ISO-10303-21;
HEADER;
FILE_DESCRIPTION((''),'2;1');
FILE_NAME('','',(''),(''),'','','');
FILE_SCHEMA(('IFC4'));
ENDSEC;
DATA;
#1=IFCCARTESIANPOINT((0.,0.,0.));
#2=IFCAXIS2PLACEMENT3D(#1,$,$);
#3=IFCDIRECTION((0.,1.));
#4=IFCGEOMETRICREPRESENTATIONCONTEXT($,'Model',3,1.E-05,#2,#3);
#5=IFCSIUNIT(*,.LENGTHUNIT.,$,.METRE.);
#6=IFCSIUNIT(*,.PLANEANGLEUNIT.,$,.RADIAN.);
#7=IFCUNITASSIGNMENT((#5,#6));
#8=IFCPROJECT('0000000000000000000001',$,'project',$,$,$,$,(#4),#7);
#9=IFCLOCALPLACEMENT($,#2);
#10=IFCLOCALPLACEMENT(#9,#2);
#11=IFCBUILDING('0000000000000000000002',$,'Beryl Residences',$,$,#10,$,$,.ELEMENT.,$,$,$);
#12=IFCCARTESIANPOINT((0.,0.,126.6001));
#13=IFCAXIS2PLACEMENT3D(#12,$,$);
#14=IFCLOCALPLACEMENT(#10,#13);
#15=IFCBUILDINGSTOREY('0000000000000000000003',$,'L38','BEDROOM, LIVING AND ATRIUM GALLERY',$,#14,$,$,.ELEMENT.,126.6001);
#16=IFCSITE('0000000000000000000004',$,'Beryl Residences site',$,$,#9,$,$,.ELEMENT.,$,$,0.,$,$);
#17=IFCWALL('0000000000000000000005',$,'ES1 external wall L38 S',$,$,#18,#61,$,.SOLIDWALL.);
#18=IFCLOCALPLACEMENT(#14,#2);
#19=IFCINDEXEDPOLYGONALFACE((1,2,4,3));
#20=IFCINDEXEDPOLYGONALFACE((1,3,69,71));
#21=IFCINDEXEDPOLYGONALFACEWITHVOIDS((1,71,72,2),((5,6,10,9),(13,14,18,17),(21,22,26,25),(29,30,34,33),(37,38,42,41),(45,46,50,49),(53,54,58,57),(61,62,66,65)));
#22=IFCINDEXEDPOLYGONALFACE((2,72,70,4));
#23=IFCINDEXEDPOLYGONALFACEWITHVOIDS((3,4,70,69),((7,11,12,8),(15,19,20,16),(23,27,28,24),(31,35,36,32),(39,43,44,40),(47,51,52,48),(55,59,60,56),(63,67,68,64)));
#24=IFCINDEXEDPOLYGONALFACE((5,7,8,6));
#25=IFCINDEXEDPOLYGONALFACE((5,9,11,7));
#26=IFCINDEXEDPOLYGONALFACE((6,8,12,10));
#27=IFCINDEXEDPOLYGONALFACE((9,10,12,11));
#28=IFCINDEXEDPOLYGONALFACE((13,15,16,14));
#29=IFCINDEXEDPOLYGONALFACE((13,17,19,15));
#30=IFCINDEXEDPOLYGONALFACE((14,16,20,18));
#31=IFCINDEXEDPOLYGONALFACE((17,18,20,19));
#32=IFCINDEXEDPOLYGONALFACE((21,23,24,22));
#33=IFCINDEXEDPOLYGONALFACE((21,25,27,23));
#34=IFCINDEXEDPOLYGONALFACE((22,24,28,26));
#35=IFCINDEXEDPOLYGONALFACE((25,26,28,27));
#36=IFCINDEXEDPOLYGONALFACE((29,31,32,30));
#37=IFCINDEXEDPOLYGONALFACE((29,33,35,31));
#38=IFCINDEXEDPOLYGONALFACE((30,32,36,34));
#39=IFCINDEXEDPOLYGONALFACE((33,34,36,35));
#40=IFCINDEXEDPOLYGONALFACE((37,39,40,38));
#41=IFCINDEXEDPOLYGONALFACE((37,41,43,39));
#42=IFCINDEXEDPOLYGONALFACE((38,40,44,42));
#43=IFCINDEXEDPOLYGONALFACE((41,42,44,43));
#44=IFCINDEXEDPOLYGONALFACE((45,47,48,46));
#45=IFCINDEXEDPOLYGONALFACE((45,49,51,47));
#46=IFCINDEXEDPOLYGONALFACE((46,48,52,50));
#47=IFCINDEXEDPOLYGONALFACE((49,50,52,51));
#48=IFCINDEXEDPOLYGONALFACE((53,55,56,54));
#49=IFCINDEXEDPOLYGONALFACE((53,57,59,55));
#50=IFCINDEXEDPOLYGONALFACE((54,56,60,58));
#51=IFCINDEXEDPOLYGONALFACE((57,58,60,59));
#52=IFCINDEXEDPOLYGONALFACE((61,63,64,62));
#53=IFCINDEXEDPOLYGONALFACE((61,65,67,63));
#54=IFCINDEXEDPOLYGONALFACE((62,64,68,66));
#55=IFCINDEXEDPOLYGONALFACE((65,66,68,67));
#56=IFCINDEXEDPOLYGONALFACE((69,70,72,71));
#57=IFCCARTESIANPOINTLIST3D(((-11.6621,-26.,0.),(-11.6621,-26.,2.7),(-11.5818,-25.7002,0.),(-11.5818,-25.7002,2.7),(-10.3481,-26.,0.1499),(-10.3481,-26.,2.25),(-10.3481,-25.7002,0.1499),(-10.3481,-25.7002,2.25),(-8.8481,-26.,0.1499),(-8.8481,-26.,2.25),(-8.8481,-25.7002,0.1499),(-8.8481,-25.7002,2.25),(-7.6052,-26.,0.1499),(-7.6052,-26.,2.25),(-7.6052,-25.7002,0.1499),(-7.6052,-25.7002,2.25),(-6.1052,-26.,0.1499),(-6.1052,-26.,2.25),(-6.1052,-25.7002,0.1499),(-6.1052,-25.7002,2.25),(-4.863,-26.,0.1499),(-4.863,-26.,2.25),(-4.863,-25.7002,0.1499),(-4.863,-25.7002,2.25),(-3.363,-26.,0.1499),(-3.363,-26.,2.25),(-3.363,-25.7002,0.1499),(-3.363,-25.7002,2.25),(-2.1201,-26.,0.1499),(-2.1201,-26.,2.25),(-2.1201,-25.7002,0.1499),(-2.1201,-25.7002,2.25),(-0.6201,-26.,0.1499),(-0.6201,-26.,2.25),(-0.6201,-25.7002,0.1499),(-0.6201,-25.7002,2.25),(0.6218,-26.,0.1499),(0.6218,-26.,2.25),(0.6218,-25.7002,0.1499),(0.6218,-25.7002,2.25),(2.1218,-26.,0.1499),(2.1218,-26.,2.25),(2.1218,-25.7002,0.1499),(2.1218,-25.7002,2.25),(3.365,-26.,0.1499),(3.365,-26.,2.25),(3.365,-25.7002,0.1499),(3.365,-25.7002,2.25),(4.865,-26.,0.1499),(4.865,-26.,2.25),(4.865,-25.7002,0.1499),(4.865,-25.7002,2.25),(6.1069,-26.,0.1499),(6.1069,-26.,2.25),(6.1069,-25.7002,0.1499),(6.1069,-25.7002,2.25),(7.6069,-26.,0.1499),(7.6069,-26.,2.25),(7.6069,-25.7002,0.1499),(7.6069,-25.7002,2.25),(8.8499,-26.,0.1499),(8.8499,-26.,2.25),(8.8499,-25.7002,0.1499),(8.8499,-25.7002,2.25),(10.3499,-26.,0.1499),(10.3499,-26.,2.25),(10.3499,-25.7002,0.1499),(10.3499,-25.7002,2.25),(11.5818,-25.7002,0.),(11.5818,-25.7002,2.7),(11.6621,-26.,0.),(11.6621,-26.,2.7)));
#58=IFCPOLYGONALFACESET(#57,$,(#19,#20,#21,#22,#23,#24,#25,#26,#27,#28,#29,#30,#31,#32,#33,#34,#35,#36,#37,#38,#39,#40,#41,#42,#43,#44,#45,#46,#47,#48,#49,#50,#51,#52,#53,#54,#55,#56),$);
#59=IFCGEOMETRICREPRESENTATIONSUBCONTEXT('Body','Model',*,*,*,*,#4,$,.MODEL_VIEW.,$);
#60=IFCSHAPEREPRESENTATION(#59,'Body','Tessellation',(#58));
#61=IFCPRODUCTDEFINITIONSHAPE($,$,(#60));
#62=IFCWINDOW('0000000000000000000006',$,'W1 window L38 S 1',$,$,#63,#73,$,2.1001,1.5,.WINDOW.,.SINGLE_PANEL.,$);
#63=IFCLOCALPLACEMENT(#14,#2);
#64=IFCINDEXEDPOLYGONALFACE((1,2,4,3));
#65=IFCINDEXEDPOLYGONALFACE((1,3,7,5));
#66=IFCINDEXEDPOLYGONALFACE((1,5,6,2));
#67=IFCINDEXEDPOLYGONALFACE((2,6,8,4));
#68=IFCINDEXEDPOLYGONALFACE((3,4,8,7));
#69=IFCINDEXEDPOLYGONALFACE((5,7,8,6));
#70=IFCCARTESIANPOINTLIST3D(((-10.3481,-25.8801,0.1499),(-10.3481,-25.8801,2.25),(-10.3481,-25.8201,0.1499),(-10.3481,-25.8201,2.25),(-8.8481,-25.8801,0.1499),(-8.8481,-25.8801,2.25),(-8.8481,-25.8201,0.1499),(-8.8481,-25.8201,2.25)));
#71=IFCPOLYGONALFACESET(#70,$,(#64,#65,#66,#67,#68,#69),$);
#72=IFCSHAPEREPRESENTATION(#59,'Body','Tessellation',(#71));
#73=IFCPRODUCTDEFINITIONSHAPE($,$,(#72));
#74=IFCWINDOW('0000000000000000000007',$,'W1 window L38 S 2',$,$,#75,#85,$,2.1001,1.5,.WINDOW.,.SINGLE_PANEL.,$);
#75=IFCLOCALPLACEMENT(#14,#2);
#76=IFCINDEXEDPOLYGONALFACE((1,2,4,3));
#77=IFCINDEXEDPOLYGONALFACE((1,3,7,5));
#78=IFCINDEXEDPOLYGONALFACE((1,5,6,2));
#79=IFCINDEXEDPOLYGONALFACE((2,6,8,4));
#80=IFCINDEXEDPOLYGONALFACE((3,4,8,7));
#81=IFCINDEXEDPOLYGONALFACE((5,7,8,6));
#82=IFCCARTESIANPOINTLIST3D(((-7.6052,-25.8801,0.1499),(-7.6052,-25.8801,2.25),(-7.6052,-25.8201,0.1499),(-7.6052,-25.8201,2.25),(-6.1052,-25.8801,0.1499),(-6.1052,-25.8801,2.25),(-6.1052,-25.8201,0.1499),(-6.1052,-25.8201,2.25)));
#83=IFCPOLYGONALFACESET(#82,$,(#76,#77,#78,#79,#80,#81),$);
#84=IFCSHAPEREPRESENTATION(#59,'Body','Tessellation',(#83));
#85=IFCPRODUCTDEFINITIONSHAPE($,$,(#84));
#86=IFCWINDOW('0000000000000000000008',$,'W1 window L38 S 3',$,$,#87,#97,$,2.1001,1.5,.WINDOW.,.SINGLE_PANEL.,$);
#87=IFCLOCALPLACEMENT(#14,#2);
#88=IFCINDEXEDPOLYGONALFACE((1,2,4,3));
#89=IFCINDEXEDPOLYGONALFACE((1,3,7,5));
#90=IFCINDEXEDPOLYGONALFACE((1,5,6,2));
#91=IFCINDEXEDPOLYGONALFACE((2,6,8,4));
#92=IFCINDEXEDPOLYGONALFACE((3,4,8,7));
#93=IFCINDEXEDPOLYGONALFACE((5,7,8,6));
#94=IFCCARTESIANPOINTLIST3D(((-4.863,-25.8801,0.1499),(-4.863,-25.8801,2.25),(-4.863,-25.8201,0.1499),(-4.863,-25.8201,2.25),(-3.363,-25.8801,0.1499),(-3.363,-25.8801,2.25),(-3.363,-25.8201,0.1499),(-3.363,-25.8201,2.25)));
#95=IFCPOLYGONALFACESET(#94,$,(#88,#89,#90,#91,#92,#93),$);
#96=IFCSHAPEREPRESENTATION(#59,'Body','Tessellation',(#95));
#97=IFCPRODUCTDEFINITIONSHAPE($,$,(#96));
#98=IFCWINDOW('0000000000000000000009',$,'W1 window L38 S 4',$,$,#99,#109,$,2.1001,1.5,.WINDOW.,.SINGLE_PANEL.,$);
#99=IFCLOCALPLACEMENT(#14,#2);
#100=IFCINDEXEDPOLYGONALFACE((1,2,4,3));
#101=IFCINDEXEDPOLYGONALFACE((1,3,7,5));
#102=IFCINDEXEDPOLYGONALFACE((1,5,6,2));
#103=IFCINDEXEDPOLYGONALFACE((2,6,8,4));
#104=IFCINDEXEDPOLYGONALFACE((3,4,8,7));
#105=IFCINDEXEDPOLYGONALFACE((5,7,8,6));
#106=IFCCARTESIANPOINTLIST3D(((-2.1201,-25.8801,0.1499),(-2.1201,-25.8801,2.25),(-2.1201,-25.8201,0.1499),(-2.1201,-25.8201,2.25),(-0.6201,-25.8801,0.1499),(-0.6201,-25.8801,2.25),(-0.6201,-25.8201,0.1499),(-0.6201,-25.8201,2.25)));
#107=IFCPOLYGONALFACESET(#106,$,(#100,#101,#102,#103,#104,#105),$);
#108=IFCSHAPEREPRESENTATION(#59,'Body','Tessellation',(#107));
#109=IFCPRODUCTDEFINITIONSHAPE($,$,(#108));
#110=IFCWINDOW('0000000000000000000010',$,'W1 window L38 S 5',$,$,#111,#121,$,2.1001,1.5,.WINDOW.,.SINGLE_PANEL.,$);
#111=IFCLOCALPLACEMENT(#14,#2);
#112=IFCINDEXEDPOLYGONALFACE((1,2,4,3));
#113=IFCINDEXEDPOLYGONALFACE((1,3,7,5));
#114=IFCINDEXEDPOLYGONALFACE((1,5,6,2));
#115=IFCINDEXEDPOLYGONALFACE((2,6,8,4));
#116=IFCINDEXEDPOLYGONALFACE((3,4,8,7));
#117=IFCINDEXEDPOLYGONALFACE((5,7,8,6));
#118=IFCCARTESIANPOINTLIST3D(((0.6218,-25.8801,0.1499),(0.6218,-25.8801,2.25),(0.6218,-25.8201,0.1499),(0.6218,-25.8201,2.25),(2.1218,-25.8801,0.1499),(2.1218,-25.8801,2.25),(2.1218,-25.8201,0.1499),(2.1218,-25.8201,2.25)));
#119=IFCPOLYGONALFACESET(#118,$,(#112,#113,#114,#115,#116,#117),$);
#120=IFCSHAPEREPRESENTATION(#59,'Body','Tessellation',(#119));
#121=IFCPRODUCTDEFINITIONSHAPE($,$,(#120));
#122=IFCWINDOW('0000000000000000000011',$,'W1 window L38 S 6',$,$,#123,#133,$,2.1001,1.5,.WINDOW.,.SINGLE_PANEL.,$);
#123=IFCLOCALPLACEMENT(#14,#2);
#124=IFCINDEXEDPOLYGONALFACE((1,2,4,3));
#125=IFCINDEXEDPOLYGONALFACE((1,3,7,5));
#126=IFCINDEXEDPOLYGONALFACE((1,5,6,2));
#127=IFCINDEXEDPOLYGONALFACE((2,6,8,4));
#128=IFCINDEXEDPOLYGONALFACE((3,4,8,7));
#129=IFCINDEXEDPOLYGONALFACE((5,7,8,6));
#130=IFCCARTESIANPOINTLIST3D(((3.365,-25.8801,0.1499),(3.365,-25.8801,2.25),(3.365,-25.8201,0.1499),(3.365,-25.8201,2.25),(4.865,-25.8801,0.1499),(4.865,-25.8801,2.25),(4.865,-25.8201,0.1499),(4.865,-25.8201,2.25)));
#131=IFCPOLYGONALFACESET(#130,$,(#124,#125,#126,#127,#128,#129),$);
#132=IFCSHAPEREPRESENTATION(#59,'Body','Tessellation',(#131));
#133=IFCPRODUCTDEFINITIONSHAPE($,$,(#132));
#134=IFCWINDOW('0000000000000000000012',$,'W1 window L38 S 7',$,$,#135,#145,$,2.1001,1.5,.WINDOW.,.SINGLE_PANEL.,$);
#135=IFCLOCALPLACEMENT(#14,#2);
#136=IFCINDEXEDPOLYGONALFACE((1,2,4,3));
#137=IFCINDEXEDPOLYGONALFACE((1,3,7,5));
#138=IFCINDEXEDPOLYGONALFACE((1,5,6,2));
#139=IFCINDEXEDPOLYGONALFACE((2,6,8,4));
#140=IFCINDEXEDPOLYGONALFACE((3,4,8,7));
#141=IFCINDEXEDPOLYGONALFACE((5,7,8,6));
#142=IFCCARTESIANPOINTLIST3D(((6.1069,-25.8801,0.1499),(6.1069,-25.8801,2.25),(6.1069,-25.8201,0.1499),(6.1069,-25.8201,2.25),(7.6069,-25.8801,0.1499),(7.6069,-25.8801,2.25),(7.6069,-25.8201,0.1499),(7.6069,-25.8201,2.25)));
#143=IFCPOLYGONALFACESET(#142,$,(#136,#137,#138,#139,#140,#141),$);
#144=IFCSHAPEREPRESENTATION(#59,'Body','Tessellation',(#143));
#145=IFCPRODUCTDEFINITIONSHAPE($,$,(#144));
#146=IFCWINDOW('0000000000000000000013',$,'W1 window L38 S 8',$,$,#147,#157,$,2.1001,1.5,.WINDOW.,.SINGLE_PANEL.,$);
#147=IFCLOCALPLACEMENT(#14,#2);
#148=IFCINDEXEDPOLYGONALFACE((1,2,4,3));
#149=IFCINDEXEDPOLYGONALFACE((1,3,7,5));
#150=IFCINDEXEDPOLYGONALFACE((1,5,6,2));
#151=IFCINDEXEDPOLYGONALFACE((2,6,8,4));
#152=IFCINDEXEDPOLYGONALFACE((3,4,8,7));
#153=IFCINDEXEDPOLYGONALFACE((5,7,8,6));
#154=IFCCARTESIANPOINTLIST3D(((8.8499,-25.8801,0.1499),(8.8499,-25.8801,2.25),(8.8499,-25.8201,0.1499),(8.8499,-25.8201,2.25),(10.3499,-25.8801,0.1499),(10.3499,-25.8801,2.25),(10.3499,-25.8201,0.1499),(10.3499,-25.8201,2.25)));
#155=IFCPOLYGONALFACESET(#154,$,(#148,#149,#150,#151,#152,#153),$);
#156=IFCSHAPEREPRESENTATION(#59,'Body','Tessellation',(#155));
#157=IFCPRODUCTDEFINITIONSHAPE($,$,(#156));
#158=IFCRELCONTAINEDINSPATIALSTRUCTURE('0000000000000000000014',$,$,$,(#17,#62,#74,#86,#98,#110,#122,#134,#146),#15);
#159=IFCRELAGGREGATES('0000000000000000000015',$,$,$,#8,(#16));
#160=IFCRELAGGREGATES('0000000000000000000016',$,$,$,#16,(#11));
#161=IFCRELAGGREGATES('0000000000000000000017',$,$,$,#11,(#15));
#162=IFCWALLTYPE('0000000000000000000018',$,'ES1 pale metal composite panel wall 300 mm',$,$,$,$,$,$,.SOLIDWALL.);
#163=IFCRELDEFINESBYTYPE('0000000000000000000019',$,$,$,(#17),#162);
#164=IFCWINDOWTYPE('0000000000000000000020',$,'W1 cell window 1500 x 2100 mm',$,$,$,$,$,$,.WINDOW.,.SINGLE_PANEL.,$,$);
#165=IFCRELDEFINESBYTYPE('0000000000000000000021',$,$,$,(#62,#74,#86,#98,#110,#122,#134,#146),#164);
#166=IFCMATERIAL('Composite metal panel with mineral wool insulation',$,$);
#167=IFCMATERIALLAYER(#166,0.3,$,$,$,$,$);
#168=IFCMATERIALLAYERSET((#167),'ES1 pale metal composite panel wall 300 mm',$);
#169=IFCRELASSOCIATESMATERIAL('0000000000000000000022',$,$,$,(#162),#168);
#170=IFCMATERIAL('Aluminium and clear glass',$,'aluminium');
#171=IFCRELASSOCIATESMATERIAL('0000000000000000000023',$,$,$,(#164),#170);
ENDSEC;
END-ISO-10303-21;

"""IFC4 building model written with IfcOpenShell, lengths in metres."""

from ifc_helpers import new_model, si_unit, direction, frame, frame_2d, origin, place, context, subcontext, project, spatial, polyline, rectangle, outline, extrude, material, layer, layer_set, type_object, element, fill, save


model = new_model("IFC4")

# Units and contexts
model_context = context("Model", 3, precision=1e-05, world=origin(), true_north=direction((0.0, 1.0)))
body_context = subcontext(model_context, "Body", "Model", "MODEL_VIEW")
ifc_project = project(units=[si_unit("LENGTHUNIT", "METRE"), si_unit("PLANEANGLEUNIT", "RADIAN")], contexts=[model_context])

# Site, building, storey
site_placement = place(None, origin())
site = spatial("IfcSite", under=ifc_project, at=site_placement, Name="Beryl Residences site", CompositionType="ELEMENT", RefElevation=0.0)
building_placement = place(site_placement, origin())
building = spatial("IfcBuilding", under=site, at=building_placement, Name="Beryl Residences", CompositionType="ELEMENT")
storey_placement = place(building_placement, frame((0.0, 0.0, 126.6001)))
storey = spatial("IfcBuildingStorey", under=building, at=storey_placement, Name="L38", Description="BEDROOM, LIVING AND ATRIUM GALLERY", CompositionType="ELEMENT", Elevation=126.6001)

# Wall, openings, windows
ifc_material_1 = material(Name="Composite metal panel with mineral wool insulation")
ifc_layer_1 = layer(ifc_material_1, 0.3)
ifc_layer_set_1 = layer_set([ifc_layer_1], Name="ES1 pale metal composite panel wall 300 mm")
wall_type_1 = type_object("IfcWallType", Name="ES1 pale metal composite panel wall 300 mm", PredefinedType="SOLIDWALL", material=ifc_layer_set_1)
wall_1_placement = place(storey_placement, frame((-11.6621, -25.8501, 0.0), z_axis=(0.0, 0.0, 1.0), x_axis=(1.0, 0.0, 0.0)))
wall_1 = element("IfcWall", 1, at=wall_1_placement, inside=storey, type_object=wall_type_1, Name="ES1 external wall L38 S", PredefinedType="SOLIDWALL", context=body_context, shape_type="SweptSolid", body=[
    extrude(outline(polyline([(0.0, -0.1499), (23.3242, -0.1499), (23.2439, 0.1499), (0.0803, 0.1499), (0.0, -0.1499)])), origin(), (0.0, 0.0, 1.0), 2.7),
])
opening_1_placement = place(wall_1_placement, frame((1.314, 0.0, 0.1499)))
opening_1 = element("IfcOpeningElement", 2, at=opening_1_placement, cuts=wall_1, PredefinedType="OPENING", context=body_context, shape_type="SweptSolid", body=[
    extrude(rectangle(XDim=1.5, YDim=2.1001, at=frame_2d((0.75, 1.05))), frame((0.0, 0.1599, 0.0), z_axis=(0.0, -1.0, 0.0), x_axis=(1.0, 0.0, 0.0)), (0.0, 0.0, 1.0), 0.3201),
])
opening_2_placement = place(wall_1_placement, frame((4.0569, 0.0, 0.1499)))
opening_2 = element("IfcOpeningElement", 3, at=opening_2_placement, cuts=wall_1, PredefinedType="OPENING", context=body_context, shape_type="SweptSolid", body=[
    extrude(rectangle(XDim=1.5, YDim=2.1001, at=frame_2d((0.75, 1.05))), frame((0.0, 0.1599, 0.0), z_axis=(0.0, -1.0, 0.0), x_axis=(1.0, 0.0, 0.0)), (0.0, 0.0, 1.0), 0.3201),
])
opening_3_placement = place(wall_1_placement, frame((6.7991, 0.0, 0.1499)))
opening_3 = element("IfcOpeningElement", 4, at=opening_3_placement, cuts=wall_1, PredefinedType="OPENING", context=body_context, shape_type="SweptSolid", body=[
    extrude(rectangle(XDim=1.5, YDim=2.1001, at=frame_2d((0.75, 1.05))), frame((0.0, 0.1599, 0.0), z_axis=(0.0, -1.0, 0.0), x_axis=(1.0, 0.0, 0.0)), (0.0, 0.0, 1.0), 0.3201),
])
opening_4_placement = place(wall_1_placement, frame((9.542, 0.0, 0.1499)))
opening_4 = element("IfcOpeningElement", 5, at=opening_4_placement, cuts=wall_1, PredefinedType="OPENING", context=body_context, shape_type="SweptSolid", body=[
    extrude(rectangle(XDim=1.5, YDim=2.1001, at=frame_2d((0.75, 1.05))), frame((0.0, 0.1599, 0.0), z_axis=(0.0, -1.0, 0.0), x_axis=(1.0, 0.0, 0.0)), (0.0, 0.0, 1.0), 0.3201),
])
opening_5_placement = place(wall_1_placement, frame((12.2839, 0.0, 0.1499)))
opening_5 = element("IfcOpeningElement", 6, at=opening_5_placement, cuts=wall_1, PredefinedType="OPENING", context=body_context, shape_type="SweptSolid", body=[
    extrude(rectangle(XDim=1.5, YDim=2.1001, at=frame_2d((0.75, 1.05))), frame((0.0, 0.1599, 0.0), z_axis=(0.0, -1.0, 0.0), x_axis=(1.0, 0.0, 0.0)), (0.0, 0.0, 1.0), 0.3201),
])
opening_6_placement = place(wall_1_placement, frame((15.0271, 0.0, 0.1499)))
opening_6 = element("IfcOpeningElement", 7, at=opening_6_placement, cuts=wall_1, PredefinedType="OPENING", context=body_context, shape_type="SweptSolid", body=[
    extrude(rectangle(XDim=1.5, YDim=2.1001, at=frame_2d((0.75, 1.05))), frame((0.0, 0.1599, 0.0), z_axis=(0.0, -1.0, 0.0), x_axis=(1.0, 0.0, 0.0)), (0.0, 0.0, 1.0), 0.3201),
])
opening_7_placement = place(wall_1_placement, frame((17.769, 0.0, 0.1499)))
opening_7 = element("IfcOpeningElement", 8, at=opening_7_placement, cuts=wall_1, PredefinedType="OPENING", context=body_context, shape_type="SweptSolid", body=[
    extrude(rectangle(XDim=1.5, YDim=2.1001, at=frame_2d((0.75, 1.05))), frame((0.0, 0.1599, 0.0), z_axis=(0.0, -1.0, 0.0), x_axis=(1.0, 0.0, 0.0)), (0.0, 0.0, 1.0), 0.3201),
])
opening_8_placement = place(wall_1_placement, frame((20.512, 0.0, 0.1499)))
opening_8 = element("IfcOpeningElement", 9, at=opening_8_placement, cuts=wall_1, PredefinedType="OPENING", context=body_context, shape_type="SweptSolid", body=[
    extrude(rectangle(XDim=1.5, YDim=2.1001, at=frame_2d((0.75, 1.05))), frame((0.0, 0.1599, 0.0), z_axis=(0.0, -1.0, 0.0), x_axis=(1.0, 0.0, 0.0)), (0.0, 0.0, 1.0), 0.3201),
])
ifc_material_2 = material(Name="Aluminium and clear glass", Category="aluminium")
window_type = type_object("IfcWindowType", Name="W1 cell window 1500 x 2100 mm", PartitioningType="SINGLE_PANEL", PredefinedType="WINDOW", material=ifc_material_2)
window_1_placement = place(opening_1_placement, origin())
window_1 = element("IfcWindow", 10, at=window_1_placement, inside=storey, type_object=window_type, Name="W1 window L38 S 1", OverallHeight=2.1001, OverallWidth=1.5, PartitioningType="SINGLE_PANEL", PredefinedType="WINDOW", context=body_context, shape_type="SweptSolid", body=[
    extrude(rectangle(XDim=1.5, YDim=2.1001, at=frame_2d((0.75, 1.05))), frame((0.0, 0.03, 0.0), z_axis=(0.0, -1.0, 0.0), x_axis=(1.0, 0.0, 0.0)), (0.0, 0.0, 1.0), 0.0601),
])
fill(opening_1, window_1)
window_2_placement = place(opening_2_placement, origin())
window_2 = element("IfcWindow", 11, at=window_2_placement, inside=storey, type_object=window_type, Name="W1 window L38 S 2", OverallHeight=2.1001, OverallWidth=1.5, PartitioningType="SINGLE_PANEL", PredefinedType="WINDOW", context=body_context, shape_type="SweptSolid", body=[
    extrude(rectangle(XDim=1.5, YDim=2.1001, at=frame_2d((0.75, 1.05))), frame((0.0, 0.03, 0.0), z_axis=(0.0, -1.0, 0.0), x_axis=(1.0, 0.0, 0.0)), (0.0, 0.0, 1.0), 0.0601),
])
fill(opening_2, window_2)
window_3_placement = place(opening_3_placement, origin())
window_3 = element("IfcWindow", 12, at=window_3_placement, inside=storey, type_object=window_type, Name="W1 window L38 S 3", OverallHeight=2.1001, OverallWidth=1.5, PartitioningType="SINGLE_PANEL", PredefinedType="WINDOW", context=body_context, shape_type="SweptSolid", body=[
    extrude(rectangle(XDim=1.5, YDim=2.1001, at=frame_2d((0.75, 1.05))), frame((0.0, 0.03, 0.0), z_axis=(0.0, -1.0, 0.0), x_axis=(1.0, 0.0, 0.0)), (0.0, 0.0, 1.0), 0.0601),
])
fill(opening_3, window_3)
window_4_placement = place(opening_4_placement, origin())
window_4 = element("IfcWindow", 13, at=window_4_placement, inside=storey, type_object=window_type, Name="W1 window L38 S 4", OverallHeight=2.1001, OverallWidth=1.5, PartitioningType="SINGLE_PANEL", PredefinedType="WINDOW", context=body_context, shape_type="SweptSolid", body=[
    extrude(rectangle(XDim=1.5, YDim=2.1001, at=frame_2d((0.75, 1.05))), frame((0.0, 0.03, 0.0), z_axis=(0.0, -1.0, 0.0), x_axis=(1.0, 0.0, 0.0)), (0.0, 0.0, 1.0), 0.0601),
])
fill(opening_4, window_4)
window_5_placement = place(opening_5_placement, origin())
window_5 = element("IfcWindow", 14, at=window_5_placement, inside=storey, type_object=window_type, Name="W1 window L38 S 5", OverallHeight=2.1001, OverallWidth=1.5, PartitioningType="SINGLE_PANEL", PredefinedType="WINDOW", context=body_context, shape_type="SweptSolid", body=[
    extrude(rectangle(XDim=1.5, YDim=2.1001, at=frame_2d((0.75, 1.05))), frame((0.0, 0.03, 0.0), z_axis=(0.0, -1.0, 0.0), x_axis=(1.0, 0.0, 0.0)), (0.0, 0.0, 1.0), 0.0601),
])
fill(opening_5, window_5)
window_6_placement = place(opening_6_placement, origin())
window_6 = element("IfcWindow", 15, at=window_6_placement, inside=storey, type_object=window_type, Name="W1 window L38 S 6", OverallHeight=2.1001, OverallWidth=1.5, PartitioningType="SINGLE_PANEL", PredefinedType="WINDOW", context=body_context, shape_type="SweptSolid", body=[
    extrude(rectangle(XDim=1.5, YDim=2.1001, at=frame_2d((0.75, 1.05))), frame((0.0, 0.03, 0.0), z_axis=(0.0, -1.0, 0.0), x_axis=(1.0, 0.0, 0.0)), (0.0, 0.0, 1.0), 0.0601),
])
fill(opening_6, window_6)
window_7_placement = place(opening_7_placement, origin())
window_7 = element("IfcWindow", 16, at=window_7_placement, inside=storey, type_object=window_type, Name="W1 window L38 S 7", OverallHeight=2.1001, OverallWidth=1.5, PartitioningType="SINGLE_PANEL", PredefinedType="WINDOW", context=body_context, shape_type="SweptSolid", body=[
    extrude(rectangle(XDim=1.5, YDim=2.1001, at=frame_2d((0.75, 1.05))), frame((0.0, 0.03, 0.0), z_axis=(0.0, -1.0, 0.0), x_axis=(1.0, 0.0, 0.0)), (0.0, 0.0, 1.0), 0.0601),
])
fill(opening_7, window_7)
window_8_placement = place(opening_8_placement, origin())
window_8 = element("IfcWindow", 17, at=window_8_placement, inside=storey, type_object=window_type, Name="W1 window L38 S 8", OverallHeight=2.1001, OverallWidth=1.5, PartitioningType="SINGLE_PANEL", PredefinedType="WINDOW", context=body_context, shape_type="SweptSolid", body=[
    extrude(rectangle(XDim=1.5, YDim=2.1001, at=frame_2d((0.75, 1.05))), frame((0.0, 0.03, 0.0), z_axis=(0.0, -1.0, 0.0), x_axis=(1.0, 0.0, 0.0)), (0.0, 0.0, 1.0), 0.0601),
])
fill(opening_8, window_8)

save(model, "model.ifc")
